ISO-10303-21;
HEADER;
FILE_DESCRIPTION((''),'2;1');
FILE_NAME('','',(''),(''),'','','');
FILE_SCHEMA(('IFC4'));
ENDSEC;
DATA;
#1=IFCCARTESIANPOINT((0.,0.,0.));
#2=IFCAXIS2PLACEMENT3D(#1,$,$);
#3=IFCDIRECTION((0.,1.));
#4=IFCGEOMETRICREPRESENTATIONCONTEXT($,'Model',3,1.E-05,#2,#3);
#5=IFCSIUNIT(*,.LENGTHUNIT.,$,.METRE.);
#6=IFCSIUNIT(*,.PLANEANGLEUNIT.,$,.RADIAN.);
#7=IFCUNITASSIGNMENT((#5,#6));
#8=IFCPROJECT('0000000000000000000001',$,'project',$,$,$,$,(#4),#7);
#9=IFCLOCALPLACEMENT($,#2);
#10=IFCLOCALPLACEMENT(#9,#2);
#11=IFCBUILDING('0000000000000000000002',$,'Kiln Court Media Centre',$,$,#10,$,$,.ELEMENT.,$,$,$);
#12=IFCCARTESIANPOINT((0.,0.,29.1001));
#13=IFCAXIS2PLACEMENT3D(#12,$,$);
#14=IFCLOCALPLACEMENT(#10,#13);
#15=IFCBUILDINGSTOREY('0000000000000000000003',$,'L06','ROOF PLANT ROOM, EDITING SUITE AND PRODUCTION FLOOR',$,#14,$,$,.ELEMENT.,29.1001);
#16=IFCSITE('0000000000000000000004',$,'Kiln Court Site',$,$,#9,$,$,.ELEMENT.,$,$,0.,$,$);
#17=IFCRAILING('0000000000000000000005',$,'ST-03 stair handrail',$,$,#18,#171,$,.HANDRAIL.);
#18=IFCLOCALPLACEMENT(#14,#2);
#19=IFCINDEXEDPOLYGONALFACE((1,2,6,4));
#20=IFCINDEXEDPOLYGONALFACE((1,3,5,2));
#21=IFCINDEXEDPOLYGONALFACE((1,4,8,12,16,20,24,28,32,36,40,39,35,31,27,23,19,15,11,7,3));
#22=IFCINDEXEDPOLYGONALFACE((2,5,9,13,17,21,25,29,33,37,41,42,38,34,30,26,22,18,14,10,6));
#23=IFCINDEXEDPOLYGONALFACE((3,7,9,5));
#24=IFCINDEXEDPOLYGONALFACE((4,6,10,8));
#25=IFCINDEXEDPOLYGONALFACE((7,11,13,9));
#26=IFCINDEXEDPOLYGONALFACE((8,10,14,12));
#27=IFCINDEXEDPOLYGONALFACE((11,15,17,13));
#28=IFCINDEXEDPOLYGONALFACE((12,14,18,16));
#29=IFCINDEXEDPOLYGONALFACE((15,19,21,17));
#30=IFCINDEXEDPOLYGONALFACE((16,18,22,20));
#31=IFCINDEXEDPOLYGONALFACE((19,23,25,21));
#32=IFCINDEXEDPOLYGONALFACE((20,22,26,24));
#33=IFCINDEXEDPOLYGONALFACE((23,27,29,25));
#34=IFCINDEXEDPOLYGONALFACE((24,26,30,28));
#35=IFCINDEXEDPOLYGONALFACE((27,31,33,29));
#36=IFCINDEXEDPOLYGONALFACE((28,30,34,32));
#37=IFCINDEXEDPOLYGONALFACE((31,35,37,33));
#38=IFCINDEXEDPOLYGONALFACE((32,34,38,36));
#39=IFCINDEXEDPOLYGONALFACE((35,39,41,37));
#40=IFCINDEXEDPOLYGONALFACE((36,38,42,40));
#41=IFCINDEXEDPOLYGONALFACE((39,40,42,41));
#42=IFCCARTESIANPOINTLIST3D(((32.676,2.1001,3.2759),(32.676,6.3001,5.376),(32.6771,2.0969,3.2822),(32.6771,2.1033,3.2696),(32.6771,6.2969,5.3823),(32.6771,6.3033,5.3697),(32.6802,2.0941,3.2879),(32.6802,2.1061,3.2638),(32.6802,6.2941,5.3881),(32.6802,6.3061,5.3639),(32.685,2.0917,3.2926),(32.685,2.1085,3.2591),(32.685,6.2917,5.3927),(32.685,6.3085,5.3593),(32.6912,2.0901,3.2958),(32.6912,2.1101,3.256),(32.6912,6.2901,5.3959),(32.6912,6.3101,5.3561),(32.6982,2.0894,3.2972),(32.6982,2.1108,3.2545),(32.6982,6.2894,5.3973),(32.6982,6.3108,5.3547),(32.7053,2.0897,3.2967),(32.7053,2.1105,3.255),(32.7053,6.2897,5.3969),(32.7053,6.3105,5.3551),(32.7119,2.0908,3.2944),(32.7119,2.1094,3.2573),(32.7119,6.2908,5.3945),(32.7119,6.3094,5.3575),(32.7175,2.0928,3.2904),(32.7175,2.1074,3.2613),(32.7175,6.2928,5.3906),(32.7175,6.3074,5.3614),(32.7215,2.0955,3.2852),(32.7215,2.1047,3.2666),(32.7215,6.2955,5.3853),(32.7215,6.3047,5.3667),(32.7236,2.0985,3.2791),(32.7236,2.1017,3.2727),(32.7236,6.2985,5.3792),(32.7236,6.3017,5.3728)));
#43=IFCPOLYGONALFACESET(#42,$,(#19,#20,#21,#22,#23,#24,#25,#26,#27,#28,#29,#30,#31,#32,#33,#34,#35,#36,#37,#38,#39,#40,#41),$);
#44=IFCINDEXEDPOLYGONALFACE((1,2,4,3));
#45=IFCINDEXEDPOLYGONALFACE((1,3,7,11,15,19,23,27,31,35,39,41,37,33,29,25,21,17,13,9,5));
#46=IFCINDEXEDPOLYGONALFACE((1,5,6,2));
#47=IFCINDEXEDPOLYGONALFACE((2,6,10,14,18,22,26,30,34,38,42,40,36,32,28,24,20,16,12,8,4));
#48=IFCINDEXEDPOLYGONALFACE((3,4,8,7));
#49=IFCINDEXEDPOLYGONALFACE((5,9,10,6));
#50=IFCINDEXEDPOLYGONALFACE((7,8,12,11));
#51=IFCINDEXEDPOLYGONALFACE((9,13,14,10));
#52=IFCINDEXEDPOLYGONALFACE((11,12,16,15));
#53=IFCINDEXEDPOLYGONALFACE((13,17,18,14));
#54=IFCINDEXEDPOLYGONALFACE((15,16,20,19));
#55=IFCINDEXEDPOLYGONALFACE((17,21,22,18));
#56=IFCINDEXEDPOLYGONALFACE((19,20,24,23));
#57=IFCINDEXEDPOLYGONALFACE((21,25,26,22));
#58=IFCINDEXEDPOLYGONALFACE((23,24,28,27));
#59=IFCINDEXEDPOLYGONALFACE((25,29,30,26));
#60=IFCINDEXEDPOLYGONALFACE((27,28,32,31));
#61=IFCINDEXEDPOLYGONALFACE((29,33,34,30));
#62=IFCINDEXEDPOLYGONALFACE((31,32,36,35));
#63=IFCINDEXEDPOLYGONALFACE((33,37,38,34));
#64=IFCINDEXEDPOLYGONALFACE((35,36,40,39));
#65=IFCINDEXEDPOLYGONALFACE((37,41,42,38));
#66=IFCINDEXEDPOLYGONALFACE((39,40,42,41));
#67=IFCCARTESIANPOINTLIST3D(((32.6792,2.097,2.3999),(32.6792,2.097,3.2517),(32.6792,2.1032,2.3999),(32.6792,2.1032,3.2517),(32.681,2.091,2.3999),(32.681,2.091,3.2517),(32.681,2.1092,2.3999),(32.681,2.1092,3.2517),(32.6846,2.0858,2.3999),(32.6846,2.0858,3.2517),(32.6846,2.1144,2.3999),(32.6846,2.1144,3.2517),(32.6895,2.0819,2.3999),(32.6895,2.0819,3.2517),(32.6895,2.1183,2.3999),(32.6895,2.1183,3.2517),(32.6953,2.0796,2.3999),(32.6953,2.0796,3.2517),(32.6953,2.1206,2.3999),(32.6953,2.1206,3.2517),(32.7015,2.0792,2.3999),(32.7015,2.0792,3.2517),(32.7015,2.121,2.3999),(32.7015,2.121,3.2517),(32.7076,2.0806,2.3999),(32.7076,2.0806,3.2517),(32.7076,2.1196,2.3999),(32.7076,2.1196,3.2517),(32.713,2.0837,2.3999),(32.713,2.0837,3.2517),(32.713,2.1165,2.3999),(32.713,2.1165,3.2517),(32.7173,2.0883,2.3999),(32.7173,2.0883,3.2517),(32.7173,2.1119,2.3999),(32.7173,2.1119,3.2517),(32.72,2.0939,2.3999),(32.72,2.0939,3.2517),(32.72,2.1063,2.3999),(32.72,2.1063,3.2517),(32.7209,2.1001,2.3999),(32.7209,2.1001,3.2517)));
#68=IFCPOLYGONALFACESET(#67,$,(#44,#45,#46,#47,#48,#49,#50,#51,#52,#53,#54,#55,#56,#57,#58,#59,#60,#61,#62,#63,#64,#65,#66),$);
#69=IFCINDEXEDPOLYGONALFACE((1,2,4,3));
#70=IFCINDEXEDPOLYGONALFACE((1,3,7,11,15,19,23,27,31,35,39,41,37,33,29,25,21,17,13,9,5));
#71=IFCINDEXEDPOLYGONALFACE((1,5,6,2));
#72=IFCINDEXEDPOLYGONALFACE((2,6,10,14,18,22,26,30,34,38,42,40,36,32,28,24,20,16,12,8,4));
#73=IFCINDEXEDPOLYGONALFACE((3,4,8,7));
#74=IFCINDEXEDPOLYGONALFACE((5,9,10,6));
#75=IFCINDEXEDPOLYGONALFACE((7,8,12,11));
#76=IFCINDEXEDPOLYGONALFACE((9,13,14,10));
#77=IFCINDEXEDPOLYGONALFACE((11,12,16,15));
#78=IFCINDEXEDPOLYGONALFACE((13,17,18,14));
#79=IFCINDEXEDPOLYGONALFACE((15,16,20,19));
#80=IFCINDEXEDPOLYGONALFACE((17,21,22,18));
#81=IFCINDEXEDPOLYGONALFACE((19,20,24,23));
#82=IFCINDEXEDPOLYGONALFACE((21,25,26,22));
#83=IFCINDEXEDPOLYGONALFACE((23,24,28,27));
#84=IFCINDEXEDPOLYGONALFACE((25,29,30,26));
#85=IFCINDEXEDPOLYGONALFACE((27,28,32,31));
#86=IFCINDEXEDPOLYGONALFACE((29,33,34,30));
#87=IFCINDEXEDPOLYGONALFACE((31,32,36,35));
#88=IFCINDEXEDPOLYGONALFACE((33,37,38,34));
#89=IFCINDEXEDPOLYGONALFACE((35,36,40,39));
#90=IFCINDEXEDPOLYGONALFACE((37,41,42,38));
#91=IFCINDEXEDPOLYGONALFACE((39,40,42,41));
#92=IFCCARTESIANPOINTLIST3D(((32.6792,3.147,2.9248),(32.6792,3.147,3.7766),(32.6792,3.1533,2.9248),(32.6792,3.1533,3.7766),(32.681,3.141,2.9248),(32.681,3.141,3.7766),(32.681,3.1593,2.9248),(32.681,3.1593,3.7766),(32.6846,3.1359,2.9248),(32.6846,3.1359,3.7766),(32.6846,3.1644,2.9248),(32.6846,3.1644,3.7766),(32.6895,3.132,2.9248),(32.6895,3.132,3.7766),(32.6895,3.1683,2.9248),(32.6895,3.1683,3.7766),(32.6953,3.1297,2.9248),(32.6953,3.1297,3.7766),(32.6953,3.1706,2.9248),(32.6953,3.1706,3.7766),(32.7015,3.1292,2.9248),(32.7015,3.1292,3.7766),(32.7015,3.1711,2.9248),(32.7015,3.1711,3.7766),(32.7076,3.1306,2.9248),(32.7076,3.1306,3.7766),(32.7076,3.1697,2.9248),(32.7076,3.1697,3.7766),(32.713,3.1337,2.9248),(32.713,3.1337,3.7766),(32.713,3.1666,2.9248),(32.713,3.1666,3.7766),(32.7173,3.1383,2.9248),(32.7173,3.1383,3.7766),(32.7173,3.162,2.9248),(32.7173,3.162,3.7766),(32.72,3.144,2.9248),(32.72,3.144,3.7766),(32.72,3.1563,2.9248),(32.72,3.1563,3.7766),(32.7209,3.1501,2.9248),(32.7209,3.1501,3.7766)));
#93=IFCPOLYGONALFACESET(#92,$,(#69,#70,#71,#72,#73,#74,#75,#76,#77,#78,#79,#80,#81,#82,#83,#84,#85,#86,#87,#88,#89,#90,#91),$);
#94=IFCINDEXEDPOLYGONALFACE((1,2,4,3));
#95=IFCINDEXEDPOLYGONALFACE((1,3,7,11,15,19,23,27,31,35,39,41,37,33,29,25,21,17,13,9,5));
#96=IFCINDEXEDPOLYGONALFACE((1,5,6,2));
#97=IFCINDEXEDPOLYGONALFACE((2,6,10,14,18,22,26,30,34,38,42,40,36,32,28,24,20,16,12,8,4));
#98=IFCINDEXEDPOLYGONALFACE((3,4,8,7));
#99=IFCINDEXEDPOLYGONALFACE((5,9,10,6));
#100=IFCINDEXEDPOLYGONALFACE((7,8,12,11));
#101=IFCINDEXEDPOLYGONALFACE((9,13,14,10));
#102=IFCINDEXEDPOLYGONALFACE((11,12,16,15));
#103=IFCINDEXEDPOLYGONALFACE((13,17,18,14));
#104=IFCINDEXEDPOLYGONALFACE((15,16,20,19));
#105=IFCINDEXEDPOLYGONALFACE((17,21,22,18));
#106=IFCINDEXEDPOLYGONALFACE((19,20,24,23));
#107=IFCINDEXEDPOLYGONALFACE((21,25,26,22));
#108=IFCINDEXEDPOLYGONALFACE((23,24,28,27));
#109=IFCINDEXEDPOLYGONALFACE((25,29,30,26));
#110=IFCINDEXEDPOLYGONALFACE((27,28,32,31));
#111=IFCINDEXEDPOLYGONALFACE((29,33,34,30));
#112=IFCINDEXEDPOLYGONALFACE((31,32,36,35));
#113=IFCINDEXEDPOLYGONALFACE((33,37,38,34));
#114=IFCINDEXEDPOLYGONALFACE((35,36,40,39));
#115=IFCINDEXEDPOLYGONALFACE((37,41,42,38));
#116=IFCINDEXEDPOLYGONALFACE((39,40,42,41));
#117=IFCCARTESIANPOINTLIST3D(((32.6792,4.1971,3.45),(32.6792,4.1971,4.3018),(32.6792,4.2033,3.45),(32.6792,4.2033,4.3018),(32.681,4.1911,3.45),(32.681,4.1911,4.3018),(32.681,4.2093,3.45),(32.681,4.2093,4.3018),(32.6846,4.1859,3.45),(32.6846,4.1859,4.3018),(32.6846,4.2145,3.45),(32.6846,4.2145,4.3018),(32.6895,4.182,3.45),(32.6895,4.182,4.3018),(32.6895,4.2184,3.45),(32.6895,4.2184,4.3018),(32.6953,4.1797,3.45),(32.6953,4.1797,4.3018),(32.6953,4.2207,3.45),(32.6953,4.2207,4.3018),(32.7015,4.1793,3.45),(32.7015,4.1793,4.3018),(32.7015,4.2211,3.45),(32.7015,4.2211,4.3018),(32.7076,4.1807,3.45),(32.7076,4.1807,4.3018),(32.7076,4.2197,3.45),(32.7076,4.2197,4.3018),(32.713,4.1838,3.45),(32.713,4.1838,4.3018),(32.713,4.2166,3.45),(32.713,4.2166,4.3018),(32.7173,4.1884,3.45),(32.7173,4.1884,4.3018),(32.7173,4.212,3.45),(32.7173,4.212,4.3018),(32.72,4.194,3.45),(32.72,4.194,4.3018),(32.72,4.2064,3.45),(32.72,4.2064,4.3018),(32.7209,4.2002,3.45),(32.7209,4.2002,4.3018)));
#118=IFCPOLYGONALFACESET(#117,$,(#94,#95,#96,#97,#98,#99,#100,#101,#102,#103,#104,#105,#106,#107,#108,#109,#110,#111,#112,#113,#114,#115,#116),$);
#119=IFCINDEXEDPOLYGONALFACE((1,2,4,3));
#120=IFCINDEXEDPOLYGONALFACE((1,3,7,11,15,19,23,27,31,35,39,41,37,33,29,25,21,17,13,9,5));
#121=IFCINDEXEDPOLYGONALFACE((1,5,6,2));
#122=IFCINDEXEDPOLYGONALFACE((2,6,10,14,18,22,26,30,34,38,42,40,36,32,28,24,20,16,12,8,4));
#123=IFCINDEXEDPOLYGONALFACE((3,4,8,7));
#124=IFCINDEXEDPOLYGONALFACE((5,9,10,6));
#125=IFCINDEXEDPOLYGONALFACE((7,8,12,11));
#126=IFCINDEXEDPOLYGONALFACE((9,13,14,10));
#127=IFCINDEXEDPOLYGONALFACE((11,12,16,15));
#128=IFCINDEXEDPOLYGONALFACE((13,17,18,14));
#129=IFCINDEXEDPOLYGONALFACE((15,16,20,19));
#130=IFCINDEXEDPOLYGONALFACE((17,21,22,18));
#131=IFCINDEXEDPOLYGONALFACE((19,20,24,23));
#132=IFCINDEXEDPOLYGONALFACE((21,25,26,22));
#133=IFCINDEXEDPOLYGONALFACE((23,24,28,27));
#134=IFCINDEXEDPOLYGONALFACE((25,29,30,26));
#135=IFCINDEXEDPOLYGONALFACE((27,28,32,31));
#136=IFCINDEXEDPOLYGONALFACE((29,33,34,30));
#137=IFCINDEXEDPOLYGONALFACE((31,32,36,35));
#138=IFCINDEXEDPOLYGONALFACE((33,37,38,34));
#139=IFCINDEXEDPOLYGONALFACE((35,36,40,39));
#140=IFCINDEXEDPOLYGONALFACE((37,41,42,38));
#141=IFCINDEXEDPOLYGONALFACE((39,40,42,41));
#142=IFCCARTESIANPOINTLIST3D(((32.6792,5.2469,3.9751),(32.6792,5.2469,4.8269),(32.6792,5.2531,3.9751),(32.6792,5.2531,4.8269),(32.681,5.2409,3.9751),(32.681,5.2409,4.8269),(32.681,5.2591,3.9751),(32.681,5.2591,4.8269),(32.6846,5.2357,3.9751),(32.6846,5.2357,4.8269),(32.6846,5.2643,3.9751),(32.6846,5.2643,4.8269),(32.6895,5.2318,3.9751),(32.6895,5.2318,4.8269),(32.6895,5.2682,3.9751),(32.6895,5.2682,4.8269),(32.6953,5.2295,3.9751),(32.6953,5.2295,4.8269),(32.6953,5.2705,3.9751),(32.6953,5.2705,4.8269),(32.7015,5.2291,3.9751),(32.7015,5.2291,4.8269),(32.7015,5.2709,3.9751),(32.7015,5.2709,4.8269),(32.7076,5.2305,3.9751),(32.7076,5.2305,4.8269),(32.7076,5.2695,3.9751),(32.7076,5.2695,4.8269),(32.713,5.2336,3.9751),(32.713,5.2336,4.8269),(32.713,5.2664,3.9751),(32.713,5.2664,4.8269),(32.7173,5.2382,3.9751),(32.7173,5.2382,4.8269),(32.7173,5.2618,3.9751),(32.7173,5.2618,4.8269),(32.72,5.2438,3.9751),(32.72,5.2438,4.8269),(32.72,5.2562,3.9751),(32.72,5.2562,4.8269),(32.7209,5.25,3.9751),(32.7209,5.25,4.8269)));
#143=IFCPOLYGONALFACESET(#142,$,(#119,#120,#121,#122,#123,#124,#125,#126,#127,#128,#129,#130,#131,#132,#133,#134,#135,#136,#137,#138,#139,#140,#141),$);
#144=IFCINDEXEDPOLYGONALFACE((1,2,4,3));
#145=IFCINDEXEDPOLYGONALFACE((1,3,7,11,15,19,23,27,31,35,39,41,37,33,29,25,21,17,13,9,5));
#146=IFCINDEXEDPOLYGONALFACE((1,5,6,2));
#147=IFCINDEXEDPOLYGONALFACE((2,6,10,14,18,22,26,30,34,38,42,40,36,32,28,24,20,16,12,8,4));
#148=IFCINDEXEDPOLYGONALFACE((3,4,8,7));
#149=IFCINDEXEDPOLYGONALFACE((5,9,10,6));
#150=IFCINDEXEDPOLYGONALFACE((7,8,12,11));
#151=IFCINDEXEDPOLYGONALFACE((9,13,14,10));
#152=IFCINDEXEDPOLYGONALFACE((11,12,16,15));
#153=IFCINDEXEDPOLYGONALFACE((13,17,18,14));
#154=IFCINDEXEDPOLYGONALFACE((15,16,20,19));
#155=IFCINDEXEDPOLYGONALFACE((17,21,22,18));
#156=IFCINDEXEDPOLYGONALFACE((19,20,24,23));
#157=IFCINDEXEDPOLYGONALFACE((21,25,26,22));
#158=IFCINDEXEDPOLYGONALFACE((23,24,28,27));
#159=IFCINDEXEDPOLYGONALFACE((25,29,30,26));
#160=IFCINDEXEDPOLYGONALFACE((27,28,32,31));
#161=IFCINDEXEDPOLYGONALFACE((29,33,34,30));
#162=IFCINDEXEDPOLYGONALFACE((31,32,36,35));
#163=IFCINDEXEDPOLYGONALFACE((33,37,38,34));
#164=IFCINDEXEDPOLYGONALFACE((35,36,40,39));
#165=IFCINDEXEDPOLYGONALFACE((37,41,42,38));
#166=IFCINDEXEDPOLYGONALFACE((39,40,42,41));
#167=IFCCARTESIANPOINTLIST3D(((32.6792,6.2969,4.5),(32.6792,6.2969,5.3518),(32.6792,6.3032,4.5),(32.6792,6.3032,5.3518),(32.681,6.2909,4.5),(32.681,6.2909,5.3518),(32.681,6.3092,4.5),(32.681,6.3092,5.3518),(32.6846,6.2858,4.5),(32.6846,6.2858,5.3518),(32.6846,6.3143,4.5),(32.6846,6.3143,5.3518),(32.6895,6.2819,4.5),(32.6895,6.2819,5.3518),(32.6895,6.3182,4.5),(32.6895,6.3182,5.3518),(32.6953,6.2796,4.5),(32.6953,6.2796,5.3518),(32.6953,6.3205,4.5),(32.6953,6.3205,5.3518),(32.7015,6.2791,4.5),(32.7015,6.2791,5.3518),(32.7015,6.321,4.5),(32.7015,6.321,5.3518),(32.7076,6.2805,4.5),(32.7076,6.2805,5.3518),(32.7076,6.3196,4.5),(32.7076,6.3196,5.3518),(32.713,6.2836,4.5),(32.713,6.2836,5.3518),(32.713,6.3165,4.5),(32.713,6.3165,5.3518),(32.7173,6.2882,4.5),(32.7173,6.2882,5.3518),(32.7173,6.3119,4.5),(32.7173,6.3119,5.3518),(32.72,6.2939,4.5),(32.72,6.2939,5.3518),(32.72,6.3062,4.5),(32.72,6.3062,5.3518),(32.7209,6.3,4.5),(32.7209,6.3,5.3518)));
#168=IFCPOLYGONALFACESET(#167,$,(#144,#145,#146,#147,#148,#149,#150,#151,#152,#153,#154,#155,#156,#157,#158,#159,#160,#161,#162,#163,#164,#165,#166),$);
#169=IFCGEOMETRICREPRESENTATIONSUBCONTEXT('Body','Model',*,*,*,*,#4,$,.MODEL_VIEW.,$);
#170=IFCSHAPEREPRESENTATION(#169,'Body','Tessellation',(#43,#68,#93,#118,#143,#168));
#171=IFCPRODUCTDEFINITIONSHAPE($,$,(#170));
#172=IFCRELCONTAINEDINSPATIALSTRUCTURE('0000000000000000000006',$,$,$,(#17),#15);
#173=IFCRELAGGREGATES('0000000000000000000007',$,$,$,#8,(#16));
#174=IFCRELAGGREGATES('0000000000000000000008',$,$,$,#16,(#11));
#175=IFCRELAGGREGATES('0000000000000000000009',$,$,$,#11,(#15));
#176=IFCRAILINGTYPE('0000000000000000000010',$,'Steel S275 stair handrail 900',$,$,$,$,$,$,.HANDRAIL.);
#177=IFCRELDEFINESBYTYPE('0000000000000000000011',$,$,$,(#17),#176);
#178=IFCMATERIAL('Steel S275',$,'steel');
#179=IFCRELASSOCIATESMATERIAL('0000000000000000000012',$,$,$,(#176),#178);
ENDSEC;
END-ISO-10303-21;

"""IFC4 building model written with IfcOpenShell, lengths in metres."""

from ifc_helpers import new_model, si_unit, direction, frame, origin, origin_2d, place, context, subcontext, project, spatial, circle, extrude, material, type_object, element, save


model = new_model("IFC4")

# Units and contexts
model_context = context("Model", 3, precision=1e-05, world=origin(), true_north=direction((0.0, 1.0)))
body_context = subcontext(model_context, "Body", "Model", "MODEL_VIEW")
ifc_project = project(units=[si_unit("LENGTHUNIT", "METRE"), si_unit("PLANEANGLEUNIT", "RADIAN")], contexts=[model_context])

# Site, building, storey
site_placement = place(None, origin())
site = spatial("IfcSite", under=ifc_project, at=site_placement, Name="Kiln Court Site", CompositionType="ELEMENT", RefElevation=0.0)
building_placement = place(site_placement, origin())
building = spatial("IfcBuilding", under=site, at=building_placement, Name="Kiln Court Media Centre", CompositionType="ELEMENT")
storey_placement = place(building_placement, frame((0.0, 0.0, 29.1001)))
storey = spatial("IfcBuildingStorey", under=building, at=storey_placement, Name="L06", Description="ROOF PLANT ROOM, EDITING SUITE AND PRODUCTION FLOOR", CompositionType="ELEMENT", Elevation=29.1001)

# Railing
ifc_material_1 = material(Name="Steel S275", Category="steel")
railing_type_1 = type_object("IfcRailingType", Name="Steel S275 stair handrail 900", PredefinedType="HANDRAIL", material=ifc_material_1)
railing_1_placement = place(storey_placement, frame((32.7, 2.1001, 2.3999)))
element("IfcRailing", 1, at=railing_1_placement, inside=storey, type_object=railing_type_1, Name="ST-03 stair handrail", PredefinedType="HANDRAIL", context=body_context, shape_type="SweptSolid", body=[
    extrude(circle(Radius=0.0239, at=origin_2d()), frame((0.0, 0.0, 0.876), z_axis=(0.0, 0.894417, 0.447234), x_axis=(-1.0, 0.0, 0.0)), (0.0, 0.0, 1.0), 4.6958),
    extrude(circle(Radius=0.021, at=origin_2d()), origin(), (0.0, 0.0, 1.0), 0.8518),
    extrude(circle(Radius=0.021, at=origin_2d()), frame((0.0, 1.05, 0.5249)), (0.0, 0.0, 1.0), 0.8518),
    extrude(circle(Radius=0.021, at=origin_2d()), frame((0.0, 2.1001, 1.05)), (0.0, 0.0, 1.0), 0.8518),
    extrude(circle(Radius=0.021, at=origin_2d()), frame((0.0, 3.1499, 1.5752)), (0.0, 0.0, 1.0), 0.8518),
    extrude(circle(Radius=0.021, at=origin_2d()), frame((0.0, 4.2, 2.1001)), (0.0, 0.0, 1.0), 0.8518),
])

save(model, "model.ifc")
